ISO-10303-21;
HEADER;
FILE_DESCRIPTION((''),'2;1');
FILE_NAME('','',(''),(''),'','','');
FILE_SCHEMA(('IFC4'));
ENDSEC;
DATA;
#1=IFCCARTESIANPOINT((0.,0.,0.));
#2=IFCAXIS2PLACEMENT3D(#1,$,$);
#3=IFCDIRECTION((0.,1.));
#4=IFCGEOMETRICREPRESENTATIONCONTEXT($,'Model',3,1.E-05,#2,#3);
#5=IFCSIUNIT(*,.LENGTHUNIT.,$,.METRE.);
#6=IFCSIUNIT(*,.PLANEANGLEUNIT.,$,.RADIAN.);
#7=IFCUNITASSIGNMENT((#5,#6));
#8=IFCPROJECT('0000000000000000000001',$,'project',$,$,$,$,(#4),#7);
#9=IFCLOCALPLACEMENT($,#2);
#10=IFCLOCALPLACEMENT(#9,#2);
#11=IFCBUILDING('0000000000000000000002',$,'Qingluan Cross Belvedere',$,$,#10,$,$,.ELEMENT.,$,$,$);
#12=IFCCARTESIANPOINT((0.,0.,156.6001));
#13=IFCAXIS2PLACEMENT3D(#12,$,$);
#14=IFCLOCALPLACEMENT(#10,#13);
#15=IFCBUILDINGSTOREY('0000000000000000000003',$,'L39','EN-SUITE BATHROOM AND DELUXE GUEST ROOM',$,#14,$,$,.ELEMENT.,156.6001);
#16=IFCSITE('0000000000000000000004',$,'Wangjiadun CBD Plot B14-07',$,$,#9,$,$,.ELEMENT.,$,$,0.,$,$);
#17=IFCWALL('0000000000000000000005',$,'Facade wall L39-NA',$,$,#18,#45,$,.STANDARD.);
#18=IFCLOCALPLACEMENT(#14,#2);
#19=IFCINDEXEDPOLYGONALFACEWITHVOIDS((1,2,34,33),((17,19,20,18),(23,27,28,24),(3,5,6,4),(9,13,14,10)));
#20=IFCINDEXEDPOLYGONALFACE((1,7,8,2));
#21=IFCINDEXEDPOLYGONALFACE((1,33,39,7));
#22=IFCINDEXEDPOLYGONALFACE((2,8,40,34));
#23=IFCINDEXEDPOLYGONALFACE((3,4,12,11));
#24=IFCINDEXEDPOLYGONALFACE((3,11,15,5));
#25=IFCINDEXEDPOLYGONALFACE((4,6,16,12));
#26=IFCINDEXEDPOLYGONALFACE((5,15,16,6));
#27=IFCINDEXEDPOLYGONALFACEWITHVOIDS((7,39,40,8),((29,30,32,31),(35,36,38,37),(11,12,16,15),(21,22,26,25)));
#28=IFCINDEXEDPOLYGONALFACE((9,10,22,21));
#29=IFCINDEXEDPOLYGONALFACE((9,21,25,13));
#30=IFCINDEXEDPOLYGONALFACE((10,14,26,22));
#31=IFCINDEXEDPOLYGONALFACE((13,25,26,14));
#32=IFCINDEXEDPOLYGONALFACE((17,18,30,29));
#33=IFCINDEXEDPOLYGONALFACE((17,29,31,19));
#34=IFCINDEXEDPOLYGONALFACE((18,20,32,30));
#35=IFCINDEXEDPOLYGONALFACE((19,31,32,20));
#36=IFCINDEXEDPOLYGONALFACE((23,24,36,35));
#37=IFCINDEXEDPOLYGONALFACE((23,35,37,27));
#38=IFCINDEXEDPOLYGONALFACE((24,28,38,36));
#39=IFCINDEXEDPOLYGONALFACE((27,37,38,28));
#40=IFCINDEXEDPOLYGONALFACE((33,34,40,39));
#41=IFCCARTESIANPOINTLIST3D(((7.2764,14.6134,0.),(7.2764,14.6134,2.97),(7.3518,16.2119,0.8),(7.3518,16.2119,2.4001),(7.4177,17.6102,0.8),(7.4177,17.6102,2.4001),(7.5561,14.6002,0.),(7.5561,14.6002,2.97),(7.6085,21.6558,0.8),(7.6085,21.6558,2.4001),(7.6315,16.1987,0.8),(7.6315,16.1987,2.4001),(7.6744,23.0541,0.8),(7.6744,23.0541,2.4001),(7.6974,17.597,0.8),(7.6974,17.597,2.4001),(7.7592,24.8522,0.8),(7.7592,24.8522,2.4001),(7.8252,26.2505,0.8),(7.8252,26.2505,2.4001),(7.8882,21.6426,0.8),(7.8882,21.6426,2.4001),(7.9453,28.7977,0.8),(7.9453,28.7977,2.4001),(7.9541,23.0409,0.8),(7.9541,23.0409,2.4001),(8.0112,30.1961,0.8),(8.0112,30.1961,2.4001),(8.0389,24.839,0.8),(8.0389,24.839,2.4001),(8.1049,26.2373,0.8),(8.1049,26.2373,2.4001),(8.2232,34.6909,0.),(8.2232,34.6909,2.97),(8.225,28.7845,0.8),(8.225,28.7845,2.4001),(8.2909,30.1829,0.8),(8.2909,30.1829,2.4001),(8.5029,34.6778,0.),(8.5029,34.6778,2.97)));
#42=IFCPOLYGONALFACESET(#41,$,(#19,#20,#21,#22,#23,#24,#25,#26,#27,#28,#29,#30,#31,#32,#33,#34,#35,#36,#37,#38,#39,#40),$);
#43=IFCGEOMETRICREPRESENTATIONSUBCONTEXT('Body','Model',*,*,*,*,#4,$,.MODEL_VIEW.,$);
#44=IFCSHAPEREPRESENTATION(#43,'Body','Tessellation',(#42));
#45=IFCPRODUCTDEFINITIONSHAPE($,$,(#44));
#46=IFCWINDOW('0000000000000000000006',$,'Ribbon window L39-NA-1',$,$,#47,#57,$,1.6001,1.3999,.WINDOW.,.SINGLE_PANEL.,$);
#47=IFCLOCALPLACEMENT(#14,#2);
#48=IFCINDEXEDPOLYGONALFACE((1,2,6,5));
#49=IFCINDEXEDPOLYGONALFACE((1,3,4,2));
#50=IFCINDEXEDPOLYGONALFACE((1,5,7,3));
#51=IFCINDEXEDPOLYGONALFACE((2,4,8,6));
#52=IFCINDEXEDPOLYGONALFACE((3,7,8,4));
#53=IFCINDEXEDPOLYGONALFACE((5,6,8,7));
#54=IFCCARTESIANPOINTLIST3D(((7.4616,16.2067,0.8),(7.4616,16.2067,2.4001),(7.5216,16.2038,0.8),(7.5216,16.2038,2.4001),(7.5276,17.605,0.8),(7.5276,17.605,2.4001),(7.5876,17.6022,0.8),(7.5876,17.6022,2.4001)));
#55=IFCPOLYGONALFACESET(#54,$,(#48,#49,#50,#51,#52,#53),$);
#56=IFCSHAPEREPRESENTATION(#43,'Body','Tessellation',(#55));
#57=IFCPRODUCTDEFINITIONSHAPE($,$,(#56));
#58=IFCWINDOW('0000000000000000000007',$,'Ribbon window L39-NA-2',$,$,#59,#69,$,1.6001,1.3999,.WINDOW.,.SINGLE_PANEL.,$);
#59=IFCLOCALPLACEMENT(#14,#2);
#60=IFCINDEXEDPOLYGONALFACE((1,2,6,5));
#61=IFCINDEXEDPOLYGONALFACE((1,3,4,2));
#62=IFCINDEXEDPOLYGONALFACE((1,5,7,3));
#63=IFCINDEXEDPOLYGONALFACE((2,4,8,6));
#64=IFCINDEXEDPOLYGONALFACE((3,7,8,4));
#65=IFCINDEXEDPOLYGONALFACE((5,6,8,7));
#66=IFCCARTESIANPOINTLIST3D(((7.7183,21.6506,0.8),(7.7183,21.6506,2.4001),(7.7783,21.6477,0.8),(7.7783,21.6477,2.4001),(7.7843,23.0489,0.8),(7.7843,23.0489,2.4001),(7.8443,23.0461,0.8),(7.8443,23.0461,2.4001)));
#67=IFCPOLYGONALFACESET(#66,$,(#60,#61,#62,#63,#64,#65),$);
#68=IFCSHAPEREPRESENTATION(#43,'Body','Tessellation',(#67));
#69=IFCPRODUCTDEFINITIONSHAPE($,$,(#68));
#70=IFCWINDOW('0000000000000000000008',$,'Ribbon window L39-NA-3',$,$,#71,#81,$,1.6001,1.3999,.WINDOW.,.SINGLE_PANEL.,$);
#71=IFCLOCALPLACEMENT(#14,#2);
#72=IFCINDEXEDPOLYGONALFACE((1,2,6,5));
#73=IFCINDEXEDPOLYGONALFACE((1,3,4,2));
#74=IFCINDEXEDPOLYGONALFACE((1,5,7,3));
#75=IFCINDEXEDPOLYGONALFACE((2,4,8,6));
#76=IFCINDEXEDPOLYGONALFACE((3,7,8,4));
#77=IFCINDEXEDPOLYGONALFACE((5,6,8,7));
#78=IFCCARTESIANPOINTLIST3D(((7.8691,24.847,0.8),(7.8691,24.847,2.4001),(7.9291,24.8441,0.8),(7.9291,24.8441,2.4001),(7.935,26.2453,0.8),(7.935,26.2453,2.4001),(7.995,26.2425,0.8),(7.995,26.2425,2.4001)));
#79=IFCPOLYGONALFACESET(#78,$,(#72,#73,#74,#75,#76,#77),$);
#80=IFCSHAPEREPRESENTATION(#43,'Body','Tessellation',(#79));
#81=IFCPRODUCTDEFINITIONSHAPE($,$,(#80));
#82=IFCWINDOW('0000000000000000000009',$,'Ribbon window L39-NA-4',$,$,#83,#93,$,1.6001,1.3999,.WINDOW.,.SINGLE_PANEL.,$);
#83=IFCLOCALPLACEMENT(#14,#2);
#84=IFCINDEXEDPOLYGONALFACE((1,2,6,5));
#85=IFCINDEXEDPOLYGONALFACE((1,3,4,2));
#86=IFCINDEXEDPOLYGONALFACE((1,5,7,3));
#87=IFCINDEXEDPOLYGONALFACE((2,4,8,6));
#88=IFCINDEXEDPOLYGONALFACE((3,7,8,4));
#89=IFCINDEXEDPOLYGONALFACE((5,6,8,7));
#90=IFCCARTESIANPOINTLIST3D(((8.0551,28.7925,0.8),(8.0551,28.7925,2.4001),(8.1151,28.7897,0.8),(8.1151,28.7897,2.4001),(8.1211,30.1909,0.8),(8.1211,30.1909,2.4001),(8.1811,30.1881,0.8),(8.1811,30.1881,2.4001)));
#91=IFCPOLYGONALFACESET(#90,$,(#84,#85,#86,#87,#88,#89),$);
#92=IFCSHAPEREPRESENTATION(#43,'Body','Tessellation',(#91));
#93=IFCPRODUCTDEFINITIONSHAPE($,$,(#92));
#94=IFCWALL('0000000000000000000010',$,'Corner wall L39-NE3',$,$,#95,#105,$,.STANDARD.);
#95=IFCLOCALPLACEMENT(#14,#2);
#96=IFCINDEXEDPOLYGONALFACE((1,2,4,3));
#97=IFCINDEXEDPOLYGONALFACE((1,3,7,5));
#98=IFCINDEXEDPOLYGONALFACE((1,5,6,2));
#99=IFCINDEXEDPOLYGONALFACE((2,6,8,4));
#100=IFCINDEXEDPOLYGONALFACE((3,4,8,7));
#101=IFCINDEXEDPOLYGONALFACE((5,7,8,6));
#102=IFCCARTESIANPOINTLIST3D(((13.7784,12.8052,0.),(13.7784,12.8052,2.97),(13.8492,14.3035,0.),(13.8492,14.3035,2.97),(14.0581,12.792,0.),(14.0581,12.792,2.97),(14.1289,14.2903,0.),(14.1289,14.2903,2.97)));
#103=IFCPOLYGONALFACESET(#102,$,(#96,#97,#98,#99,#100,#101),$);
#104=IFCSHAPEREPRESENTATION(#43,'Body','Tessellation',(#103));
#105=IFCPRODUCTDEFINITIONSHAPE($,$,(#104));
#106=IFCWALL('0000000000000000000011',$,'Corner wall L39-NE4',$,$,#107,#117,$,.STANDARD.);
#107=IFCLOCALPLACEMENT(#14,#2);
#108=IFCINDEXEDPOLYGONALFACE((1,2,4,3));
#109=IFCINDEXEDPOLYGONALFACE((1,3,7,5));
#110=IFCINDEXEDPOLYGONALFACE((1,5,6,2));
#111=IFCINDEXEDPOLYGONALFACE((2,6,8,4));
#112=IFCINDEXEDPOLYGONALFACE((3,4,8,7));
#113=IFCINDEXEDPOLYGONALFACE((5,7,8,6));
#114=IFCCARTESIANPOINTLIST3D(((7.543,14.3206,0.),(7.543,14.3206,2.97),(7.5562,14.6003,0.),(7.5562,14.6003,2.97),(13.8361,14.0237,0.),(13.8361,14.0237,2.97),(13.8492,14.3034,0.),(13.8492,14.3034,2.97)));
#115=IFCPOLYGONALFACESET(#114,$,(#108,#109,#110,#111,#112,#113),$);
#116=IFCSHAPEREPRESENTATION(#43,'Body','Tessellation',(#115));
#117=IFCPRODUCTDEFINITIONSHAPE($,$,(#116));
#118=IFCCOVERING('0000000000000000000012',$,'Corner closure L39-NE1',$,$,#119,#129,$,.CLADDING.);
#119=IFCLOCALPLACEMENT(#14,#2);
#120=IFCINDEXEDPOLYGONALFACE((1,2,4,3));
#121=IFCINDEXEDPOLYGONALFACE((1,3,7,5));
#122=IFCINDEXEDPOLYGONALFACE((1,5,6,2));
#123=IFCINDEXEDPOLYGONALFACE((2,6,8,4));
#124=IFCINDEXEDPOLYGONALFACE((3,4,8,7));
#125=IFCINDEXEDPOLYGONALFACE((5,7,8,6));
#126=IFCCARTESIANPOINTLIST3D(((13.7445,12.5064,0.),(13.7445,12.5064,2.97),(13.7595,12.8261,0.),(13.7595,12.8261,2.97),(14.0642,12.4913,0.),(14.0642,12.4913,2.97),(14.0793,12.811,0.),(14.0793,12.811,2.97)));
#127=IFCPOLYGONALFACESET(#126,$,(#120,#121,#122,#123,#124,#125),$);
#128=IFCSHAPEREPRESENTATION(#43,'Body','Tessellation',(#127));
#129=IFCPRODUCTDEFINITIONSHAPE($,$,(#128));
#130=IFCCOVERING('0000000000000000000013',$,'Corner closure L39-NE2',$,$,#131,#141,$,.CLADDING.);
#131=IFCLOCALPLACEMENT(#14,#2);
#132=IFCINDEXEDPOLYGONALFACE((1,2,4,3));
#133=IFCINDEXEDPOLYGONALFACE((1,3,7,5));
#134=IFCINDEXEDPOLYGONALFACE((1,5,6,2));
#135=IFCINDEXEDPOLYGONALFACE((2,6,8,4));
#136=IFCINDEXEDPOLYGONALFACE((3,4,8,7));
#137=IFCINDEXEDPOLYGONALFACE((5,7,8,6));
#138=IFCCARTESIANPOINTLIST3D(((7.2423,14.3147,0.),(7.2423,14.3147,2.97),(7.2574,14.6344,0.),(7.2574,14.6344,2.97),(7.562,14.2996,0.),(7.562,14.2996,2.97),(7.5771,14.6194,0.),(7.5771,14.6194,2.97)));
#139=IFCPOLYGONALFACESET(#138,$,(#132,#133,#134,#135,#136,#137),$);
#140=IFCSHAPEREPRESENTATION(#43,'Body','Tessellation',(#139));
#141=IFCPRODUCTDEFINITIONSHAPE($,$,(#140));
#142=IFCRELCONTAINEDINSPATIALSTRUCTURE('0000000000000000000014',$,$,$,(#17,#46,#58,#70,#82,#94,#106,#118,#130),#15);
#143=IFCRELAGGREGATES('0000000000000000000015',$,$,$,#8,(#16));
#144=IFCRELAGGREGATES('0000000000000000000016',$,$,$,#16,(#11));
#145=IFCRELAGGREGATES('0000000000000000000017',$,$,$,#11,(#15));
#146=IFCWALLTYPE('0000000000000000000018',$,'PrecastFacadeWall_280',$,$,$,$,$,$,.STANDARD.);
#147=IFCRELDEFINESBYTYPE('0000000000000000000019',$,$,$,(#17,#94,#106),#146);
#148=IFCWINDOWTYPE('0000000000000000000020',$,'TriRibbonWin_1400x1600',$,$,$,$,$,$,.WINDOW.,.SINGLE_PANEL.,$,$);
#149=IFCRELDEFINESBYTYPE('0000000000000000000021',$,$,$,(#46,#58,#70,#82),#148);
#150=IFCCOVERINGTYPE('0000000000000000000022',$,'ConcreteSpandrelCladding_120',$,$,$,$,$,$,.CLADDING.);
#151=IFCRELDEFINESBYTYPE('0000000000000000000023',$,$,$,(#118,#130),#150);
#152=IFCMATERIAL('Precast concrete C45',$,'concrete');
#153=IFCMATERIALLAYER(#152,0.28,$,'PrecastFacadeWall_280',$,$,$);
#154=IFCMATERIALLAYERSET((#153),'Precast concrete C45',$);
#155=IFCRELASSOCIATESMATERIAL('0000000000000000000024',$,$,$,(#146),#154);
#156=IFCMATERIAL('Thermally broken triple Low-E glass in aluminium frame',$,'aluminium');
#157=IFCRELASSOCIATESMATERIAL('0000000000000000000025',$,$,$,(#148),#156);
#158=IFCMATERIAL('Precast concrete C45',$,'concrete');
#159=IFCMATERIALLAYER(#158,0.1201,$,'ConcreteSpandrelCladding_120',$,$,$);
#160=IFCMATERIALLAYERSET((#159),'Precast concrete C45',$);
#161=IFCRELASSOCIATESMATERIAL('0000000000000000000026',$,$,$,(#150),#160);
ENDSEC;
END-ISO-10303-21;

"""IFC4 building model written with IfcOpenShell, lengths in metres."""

from ifc_helpers import new_model, si_unit, direction, frame, frame_2d, origin, origin_2d, place, context, subcontext, project, spatial, rectangle, extrude, material, layer, layer_set, type_object, element, fill, save


model = new_model("IFC4")

# Units and contexts
model_context = context("Model", 3, precision=1e-05, world=origin(), true_north=direction((0.0, 1.0)))
body_context = subcontext(model_context, "Body", "Model", "MODEL_VIEW")
ifc_project = project(units=[si_unit("LENGTHUNIT", "METRE"), si_unit("PLANEANGLEUNIT", "RADIAN")], contexts=[model_context])

# Site, building, storey
site_placement = place(None, origin())
site = spatial("IfcSite", under=ifc_project, at=site_placement, Name="Wangjiadun CBD Plot B14-07", CompositionType="ELEMENT", RefElevation=0.0)
building_placement = place(site_placement, origin())
building = spatial("IfcBuilding", under=site, at=building_placement, Name="Qingluan Cross Belvedere", CompositionType="ELEMENT")
storey_placement = place(building_placement, frame((0.0, 0.0, 156.6001)))
storey = spatial("IfcBuildingStorey", under=building, at=storey_placement, Name="L39", Description="EN-SUITE BATHROOM AND DELUXE GUEST ROOM", CompositionType="ELEMENT", Elevation=156.6001)

# Wall, openings, windows
ifc_material_1 = material(Name="Precast concrete C45", Category="concrete")
ifc_layer_1 = layer(ifc_material_1, 0.28, Name="PrecastFacadeWall_280")
ifc_layer_set_1 = layer_set([ifc_layer_1], Name="Precast concrete C45")
wall_type = type_object("IfcWallType", Name="PrecastFacadeWall_280", PredefinedType="STANDARD", material=ifc_layer_set_1)
wall_1_placement = place(storey_placement, frame((7.4163, 14.6069, 0.0), z_axis=(0.0, 0.0, 1.0), x_axis=(0.047103, 0.99889, 0.0)))
wall_1 = element("IfcWall", 1, at=wall_1_placement, inside=storey, type_object=wall_type, Name="Facade wall L39-NA", PredefinedType="STANDARD", context=body_context, shape_type="SweptSolid", body=[
    extrude(rectangle(XDim=20.0999, YDim=0.28, at=frame_2d((10.0498, 0.0))), origin(), (0.0, 0.0, 1.0), 2.97),
])
opening_1_placement = place(wall_1_placement, frame((1.6001, 0.0, 0.8)))
opening_1 = element("IfcOpeningElement", 2, at=opening_1_placement, cuts=wall_1, PredefinedType="OPENING", context=body_context, shape_type="SweptSolid", body=[
    extrude(rectangle(XDim=1.3999, YDim=1.6001, at=frame_2d((0.7, 0.8))), frame((0.0, 0.1499, 0.0), z_axis=(0.0, -1.0, 0.0), x_axis=(1.0, 0.0, 0.0)), (0.0, 0.0, 1.0), 0.3),
])
opening_2_placement = place(wall_1_placement, frame((7.05, 0.0, 0.8)))
opening_2 = element("IfcOpeningElement", 3, at=opening_2_placement, cuts=wall_1, PredefinedType="OPENING", context=body_context, shape_type="SweptSolid", body=[
    extrude(rectangle(XDim=1.3999, YDim=1.6001, at=frame_2d((0.7, 0.8))), frame((0.0, 0.1499, 0.0), z_axis=(0.0, -1.0, 0.0), x_axis=(1.0, 0.0, 0.0)), (0.0, 0.0, 1.0), 0.3),
])
opening_3_placement = place(wall_1_placement, frame((10.25, 0.0, 0.8)))
opening_3 = element("IfcOpeningElement", 4, at=opening_3_placement, cuts=wall_1, PredefinedType="OPENING", context=body_context, shape_type="SweptSolid", body=[
    extrude(rectangle(XDim=1.3999, YDim=1.6001, at=frame_2d((0.7, 0.8))), frame((0.0, 0.1499, 0.0), z_axis=(0.0, -1.0, 0.0), x_axis=(1.0, 0.0, 0.0)), (0.0, 0.0, 1.0), 0.3),
])
opening_4_placement = place(wall_1_placement, frame((14.2, 0.0, 0.8)))
opening_4 = element("IfcOpeningElement", 5, at=opening_4_placement, cuts=wall_1, PredefinedType="OPENING", context=body_context, shape_type="SweptSolid", body=[
    extrude(rectangle(XDim=1.3999, YDim=1.6001, at=frame_2d((0.7, 0.8))), frame((0.0, 0.1499, 0.0), z_axis=(0.0, -1.0, 0.0), x_axis=(1.0, 0.0, 0.0)), (0.0, 0.0, 1.0), 0.3),
])
ifc_material_2 = material(Name="Thermally broken triple Low-E glass in aluminium frame", Category="aluminium")
window_type = type_object("IfcWindowType", Name="TriRibbonWin_1400x1600", PartitioningType="SINGLE_PANEL", PredefinedType="WINDOW", material=ifc_material_2)
window_1_placement = place(opening_1_placement, origin())
window_1 = element("IfcWindow", 6, at=window_1_placement, inside=storey, type_object=window_type, Name="Ribbon window L39-NA-1", OverallHeight=1.6001, OverallWidth=1.3999, PartitioningType="SINGLE_PANEL", PredefinedType="WINDOW", context=body_context, shape_type="SweptSolid", body=[
    extrude(rectangle(XDim=1.3999, YDim=1.6001, at=frame_2d((0.7, 0.8))), frame((0.0, 0.03, 0.0), z_axis=(0.0, -1.0, 0.0), x_axis=(1.0, 0.0, 0.0)), (0.0, 0.0, 1.0), 0.0601),
])
fill(opening_1, window_1)
window_2_placement = place(opening_2_placement, origin())
window_2 = element("IfcWindow", 7, at=window_2_placement, inside=storey, type_object=window_type, Name="Ribbon window L39-NA-2", OverallHeight=1.6001, OverallWidth=1.3999, PartitioningType="SINGLE_PANEL", PredefinedType="WINDOW", context=body_context, shape_type="SweptSolid", body=[
    extrude(rectangle(XDim=1.3999, YDim=1.6001, at=frame_2d((0.7, 0.8))), frame((0.0, 0.03, 0.0), z_axis=(0.0, -1.0, 0.0), x_axis=(1.0, 0.0, 0.0)), (0.0, 0.0, 1.0), 0.0601),
])
fill(opening_2, window_2)
window_3_placement = place(opening_3_placement, origin())
window_3 = element("IfcWindow", 8, at=window_3_placement, inside=storey, type_object=window_type, Name="Ribbon window L39-NA-3", OverallHeight=1.6001, OverallWidth=1.3999, PartitioningType="SINGLE_PANEL", PredefinedType="WINDOW", context=body_context, shape_type="SweptSolid", body=[
    extrude(rectangle(XDim=1.3999, YDim=1.6001, at=frame_2d((0.7, 0.8))), frame((0.0, 0.03, 0.0), z_axis=(0.0, -1.0, 0.0), x_axis=(1.0, 0.0, 0.0)), (0.0, 0.0, 1.0), 0.0601),
])
fill(opening_3, window_3)
window_4_placement = place(opening_4_placement, origin())
window_4 = element("IfcWindow", 9, at=window_4_placement, inside=storey, type_object=window_type, Name="Ribbon window L39-NA-4", OverallHeight=1.6001, OverallWidth=1.3999, PartitioningType="SINGLE_PANEL", PredefinedType="WINDOW", context=body_context, shape_type="SweptSolid", body=[
    extrude(rectangle(XDim=1.3999, YDim=1.6001, at=frame_2d((0.7, 0.8))), frame((0.0, 0.03, 0.0), z_axis=(0.0, -1.0, 0.0), x_axis=(1.0, 0.0, 0.0)), (0.0, 0.0, 1.0), 0.0601),
])
fill(opening_4, window_4)

# Walls
wall_2_placement = place(storey_placement, frame((13.9182, 12.7986, 0.0), z_axis=(0.0, 0.0, 1.0), x_axis=(0.047202, 0.998885, 0.0)))
element("IfcWall", 10, at=wall_2_placement, inside=storey, type_object=wall_type, Name="Corner wall L39-NE3", PredefinedType="STANDARD", context=body_context, shape_type="SweptSolid", body=[
    extrude(rectangle(XDim=1.5, YDim=0.28, at=frame_2d((0.75, 0.0))), origin(), (0.0, 0.0, 1.0), 2.97),
])
wall_3_placement = place(storey_placement, frame((13.8425, 14.1636, 0.0), z_axis=(0.0, 0.0, 1.0), x_axis=(-0.998889, 0.047123, 0.0)))
element("IfcWall", 11, at=wall_3_placement, inside=storey, type_object=wall_type, Name="Corner wall L39-NE4", PredefinedType="STANDARD", context=body_context, shape_type="SweptSolid", body=[
    extrude(rectangle(XDim=6.3, YDim=0.28, at=frame_2d((3.1499, 0.0))), origin(), (0.0, 0.0, 1.0), 2.97),
])

# Coverings
ifc_material_3 = material(Name="Precast concrete C45", Category="concrete")
ifc_layer_2 = layer(ifc_material_3, 0.1201, Name="ConcreteSpandrelCladding_120")
ifc_layer_set_2 = layer_set([ifc_layer_2], Name="Precast concrete C45")
covering_type = type_object("IfcCoveringType", Name="ConcreteSpandrelCladding_120", PredefinedType="CLADDING", material=ifc_layer_set_2)
for number, where, z_axis, x_axis, name in (
    (12, (13.9119, 12.6587, 0.0), (0.0, 0.0, 1.0), (0.99889, -0.047106, 0.0), "Corner closure L39-NE1"),
    (13, (7.4097, 14.467, 0.0), (0.0, 0.0, 1.0), (0.99889, -0.047106, 0.0), "Corner closure L39-NE2"),
):
    element("IfcCovering", number, at=place(storey_placement, frame(where, z_axis=z_axis, x_axis=x_axis)), inside=storey, type_object=covering_type, Name=name, PredefinedType="CLADDING", context=body_context, shape_type="SweptSolid", body=[
        extrude(rectangle(XDim=0.3201, YDim=0.3201, at=origin_2d()), origin(), (0.0, 0.0, 1.0), 2.97),
    ])

save(model, "model.ifc")
